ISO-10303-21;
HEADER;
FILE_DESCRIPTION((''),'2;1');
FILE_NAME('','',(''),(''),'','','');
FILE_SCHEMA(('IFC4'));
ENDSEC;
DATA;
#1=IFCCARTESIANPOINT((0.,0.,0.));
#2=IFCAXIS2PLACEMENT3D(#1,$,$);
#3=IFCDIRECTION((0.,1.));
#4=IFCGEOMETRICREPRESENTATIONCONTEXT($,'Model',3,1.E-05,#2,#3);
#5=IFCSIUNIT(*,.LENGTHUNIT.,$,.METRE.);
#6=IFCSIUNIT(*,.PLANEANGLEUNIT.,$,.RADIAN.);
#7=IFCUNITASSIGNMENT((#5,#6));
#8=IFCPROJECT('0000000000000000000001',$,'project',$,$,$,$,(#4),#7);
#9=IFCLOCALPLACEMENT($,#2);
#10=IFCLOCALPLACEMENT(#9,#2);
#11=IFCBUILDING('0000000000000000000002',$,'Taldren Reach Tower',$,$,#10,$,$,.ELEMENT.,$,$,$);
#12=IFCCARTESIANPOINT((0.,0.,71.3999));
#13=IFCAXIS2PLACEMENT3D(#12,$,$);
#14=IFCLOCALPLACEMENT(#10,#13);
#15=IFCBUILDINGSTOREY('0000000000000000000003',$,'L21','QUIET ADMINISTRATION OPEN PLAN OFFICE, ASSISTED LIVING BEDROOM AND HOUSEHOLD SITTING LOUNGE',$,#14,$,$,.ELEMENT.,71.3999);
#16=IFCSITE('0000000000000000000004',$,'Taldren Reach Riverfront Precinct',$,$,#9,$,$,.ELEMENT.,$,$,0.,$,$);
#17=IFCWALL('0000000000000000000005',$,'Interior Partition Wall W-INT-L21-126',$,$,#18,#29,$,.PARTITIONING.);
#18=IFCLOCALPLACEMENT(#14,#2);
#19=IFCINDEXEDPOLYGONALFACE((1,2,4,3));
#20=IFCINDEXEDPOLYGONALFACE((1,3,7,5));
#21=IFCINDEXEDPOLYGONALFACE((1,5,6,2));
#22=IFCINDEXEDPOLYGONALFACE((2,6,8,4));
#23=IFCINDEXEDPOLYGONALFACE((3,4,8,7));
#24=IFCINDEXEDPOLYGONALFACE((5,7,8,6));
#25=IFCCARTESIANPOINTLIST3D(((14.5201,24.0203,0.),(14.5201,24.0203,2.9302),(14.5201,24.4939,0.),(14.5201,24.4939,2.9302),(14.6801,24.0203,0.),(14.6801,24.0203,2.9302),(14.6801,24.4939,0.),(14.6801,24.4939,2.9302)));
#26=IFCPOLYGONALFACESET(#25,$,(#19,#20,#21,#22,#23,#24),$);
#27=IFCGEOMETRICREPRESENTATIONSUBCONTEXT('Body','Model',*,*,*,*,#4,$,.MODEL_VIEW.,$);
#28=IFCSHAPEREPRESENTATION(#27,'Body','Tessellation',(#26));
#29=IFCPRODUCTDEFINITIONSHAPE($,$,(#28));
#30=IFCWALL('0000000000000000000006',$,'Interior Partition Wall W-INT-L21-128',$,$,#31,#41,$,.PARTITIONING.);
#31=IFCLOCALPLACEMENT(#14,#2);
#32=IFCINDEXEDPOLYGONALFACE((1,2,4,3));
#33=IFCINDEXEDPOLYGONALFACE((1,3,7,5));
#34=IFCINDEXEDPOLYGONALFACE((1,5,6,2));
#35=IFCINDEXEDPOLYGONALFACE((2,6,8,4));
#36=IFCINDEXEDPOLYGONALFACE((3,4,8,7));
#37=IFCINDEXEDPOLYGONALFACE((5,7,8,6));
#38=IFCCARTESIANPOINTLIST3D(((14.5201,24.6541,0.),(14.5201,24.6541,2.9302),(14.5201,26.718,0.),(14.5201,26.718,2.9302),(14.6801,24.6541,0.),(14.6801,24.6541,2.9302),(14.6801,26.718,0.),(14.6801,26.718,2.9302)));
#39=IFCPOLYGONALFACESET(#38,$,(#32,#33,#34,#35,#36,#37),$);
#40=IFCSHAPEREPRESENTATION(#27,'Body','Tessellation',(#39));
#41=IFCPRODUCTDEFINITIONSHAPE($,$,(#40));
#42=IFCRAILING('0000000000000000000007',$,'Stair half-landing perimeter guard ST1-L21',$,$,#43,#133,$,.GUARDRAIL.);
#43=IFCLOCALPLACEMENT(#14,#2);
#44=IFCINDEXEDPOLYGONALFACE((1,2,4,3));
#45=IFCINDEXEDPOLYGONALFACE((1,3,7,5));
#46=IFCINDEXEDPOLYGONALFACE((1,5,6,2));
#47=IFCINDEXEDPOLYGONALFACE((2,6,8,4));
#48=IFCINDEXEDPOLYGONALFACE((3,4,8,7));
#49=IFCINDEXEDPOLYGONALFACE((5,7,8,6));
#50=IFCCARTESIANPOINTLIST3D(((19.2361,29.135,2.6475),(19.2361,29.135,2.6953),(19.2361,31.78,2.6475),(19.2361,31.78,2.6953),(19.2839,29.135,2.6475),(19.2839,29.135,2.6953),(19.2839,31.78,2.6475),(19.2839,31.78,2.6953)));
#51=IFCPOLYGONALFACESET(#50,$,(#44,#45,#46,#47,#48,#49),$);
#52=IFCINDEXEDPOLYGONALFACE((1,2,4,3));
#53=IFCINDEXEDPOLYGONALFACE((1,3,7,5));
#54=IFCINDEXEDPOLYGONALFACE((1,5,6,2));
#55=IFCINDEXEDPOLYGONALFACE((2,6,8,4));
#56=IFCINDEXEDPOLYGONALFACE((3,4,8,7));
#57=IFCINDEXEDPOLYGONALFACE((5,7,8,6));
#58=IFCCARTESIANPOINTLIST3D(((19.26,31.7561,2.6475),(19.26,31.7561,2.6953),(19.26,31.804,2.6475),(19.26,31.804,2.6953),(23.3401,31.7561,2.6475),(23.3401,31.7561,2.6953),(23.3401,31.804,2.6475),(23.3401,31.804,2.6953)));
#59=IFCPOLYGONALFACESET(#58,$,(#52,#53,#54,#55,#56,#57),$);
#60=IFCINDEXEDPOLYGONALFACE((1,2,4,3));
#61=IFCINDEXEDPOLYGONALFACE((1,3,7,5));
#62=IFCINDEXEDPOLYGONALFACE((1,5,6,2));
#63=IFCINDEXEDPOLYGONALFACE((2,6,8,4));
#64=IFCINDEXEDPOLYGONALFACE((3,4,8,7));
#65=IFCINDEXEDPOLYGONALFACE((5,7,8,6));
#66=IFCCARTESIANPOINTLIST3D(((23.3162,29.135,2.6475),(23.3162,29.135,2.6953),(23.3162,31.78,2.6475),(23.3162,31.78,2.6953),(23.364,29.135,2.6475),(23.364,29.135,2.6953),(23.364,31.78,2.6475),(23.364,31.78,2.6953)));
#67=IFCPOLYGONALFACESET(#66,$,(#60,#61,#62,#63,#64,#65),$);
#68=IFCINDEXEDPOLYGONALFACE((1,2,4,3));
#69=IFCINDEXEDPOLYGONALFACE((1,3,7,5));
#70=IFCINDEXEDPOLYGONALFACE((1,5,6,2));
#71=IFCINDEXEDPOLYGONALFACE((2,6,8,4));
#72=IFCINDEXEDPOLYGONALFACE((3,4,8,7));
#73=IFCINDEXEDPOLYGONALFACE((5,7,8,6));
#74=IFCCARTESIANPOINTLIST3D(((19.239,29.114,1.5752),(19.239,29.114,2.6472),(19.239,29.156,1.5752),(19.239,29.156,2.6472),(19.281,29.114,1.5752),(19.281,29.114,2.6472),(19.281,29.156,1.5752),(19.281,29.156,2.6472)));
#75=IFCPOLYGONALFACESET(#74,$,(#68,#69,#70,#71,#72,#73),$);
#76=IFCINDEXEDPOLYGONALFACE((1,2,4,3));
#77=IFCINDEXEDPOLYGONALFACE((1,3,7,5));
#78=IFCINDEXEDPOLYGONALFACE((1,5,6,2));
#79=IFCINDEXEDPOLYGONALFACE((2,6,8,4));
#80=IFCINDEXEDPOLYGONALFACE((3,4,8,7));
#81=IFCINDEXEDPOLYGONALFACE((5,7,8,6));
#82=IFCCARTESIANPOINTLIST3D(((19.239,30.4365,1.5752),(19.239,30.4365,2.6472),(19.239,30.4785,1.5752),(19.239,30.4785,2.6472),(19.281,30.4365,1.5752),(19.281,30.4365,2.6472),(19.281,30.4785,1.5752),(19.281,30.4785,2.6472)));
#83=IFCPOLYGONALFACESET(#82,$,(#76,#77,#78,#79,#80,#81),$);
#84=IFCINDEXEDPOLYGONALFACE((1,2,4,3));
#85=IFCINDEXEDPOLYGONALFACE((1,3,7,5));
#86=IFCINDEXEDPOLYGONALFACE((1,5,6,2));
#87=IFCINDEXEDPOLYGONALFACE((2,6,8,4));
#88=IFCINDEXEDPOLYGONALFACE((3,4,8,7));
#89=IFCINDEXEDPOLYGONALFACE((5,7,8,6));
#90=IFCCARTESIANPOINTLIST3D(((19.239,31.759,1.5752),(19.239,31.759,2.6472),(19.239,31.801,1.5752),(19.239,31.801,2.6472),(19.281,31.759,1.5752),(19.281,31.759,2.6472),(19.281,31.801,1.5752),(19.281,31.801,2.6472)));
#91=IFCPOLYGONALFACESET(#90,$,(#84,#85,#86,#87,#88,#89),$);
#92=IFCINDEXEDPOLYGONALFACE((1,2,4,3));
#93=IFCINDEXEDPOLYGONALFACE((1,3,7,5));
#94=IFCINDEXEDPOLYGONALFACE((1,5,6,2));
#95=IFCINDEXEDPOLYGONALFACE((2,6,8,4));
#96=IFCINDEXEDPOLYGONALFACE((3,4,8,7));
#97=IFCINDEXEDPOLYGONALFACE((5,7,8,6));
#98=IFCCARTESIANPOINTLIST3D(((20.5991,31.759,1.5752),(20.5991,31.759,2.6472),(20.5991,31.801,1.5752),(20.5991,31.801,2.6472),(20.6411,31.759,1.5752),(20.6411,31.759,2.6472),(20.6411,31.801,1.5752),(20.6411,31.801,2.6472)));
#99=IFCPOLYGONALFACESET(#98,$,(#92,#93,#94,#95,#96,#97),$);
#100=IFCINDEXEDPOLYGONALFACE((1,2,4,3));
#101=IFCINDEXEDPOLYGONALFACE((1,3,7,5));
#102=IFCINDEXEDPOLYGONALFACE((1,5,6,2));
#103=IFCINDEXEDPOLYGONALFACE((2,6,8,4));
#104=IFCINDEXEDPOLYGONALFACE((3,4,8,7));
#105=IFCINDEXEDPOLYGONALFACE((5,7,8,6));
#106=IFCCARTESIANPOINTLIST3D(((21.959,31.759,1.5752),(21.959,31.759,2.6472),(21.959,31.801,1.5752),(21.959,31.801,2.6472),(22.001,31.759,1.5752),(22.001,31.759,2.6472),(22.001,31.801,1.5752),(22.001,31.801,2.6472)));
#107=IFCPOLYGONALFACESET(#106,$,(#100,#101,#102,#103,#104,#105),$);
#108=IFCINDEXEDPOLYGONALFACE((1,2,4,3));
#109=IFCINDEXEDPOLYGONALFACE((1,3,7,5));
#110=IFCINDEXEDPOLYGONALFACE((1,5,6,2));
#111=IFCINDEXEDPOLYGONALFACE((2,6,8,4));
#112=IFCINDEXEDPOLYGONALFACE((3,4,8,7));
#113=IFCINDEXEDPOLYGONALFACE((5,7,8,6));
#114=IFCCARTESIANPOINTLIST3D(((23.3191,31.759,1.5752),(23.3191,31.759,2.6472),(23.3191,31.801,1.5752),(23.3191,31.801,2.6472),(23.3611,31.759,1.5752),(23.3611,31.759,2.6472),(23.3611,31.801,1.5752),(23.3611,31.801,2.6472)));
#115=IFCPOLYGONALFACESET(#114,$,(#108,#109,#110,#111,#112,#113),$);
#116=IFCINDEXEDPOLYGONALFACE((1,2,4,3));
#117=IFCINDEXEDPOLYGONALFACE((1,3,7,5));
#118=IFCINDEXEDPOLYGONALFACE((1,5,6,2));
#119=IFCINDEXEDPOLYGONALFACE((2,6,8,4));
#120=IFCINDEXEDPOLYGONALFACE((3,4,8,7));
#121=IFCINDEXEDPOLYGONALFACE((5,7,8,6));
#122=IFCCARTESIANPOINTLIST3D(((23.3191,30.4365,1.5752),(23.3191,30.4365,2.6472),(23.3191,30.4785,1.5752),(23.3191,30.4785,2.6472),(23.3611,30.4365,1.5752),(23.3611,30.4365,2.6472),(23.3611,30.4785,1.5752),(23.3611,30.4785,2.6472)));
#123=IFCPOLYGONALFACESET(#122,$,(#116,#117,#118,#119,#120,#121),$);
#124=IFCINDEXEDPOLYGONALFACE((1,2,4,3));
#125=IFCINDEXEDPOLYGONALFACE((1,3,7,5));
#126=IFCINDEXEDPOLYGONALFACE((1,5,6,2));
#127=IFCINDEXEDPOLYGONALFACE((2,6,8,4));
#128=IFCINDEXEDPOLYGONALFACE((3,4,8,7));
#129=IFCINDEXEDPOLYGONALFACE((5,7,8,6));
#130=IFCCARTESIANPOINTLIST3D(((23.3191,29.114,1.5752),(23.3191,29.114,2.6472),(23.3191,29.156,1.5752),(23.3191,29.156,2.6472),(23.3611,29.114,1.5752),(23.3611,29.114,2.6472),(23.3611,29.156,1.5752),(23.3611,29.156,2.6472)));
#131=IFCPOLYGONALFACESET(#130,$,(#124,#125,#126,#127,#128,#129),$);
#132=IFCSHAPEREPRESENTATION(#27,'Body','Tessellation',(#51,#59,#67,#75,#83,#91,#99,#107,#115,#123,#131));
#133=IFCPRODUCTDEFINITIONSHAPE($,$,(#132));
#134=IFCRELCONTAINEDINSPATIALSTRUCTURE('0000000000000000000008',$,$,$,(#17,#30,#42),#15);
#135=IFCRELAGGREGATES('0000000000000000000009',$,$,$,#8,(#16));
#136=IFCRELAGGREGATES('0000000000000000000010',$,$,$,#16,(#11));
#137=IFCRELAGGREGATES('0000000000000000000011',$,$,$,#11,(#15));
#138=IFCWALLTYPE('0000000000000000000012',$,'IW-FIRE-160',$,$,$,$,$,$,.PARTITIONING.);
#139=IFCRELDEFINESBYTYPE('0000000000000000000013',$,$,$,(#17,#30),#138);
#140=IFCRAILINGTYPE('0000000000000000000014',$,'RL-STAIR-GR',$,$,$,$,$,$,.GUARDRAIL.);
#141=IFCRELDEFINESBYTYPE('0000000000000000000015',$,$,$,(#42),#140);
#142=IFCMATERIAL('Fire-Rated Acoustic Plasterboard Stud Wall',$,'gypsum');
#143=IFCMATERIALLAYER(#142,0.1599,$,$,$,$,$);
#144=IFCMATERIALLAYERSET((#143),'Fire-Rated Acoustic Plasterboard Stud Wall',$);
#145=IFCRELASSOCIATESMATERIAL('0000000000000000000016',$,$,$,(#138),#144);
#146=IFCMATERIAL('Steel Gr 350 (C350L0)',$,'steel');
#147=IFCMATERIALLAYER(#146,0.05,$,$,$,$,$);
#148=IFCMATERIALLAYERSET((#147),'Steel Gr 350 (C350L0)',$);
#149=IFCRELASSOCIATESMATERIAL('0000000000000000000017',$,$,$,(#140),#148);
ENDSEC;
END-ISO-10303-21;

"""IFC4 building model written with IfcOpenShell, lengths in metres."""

from ifc_helpers import new_model, si_unit, direction, frame, frame_2d, origin, origin_2d, place, context, subcontext, project, spatial, rectangle, extrude, source, transform, mapped, material, layer, layer_set, type_object, element, save


model = new_model("IFC4")

# Units and contexts
model_context = context("Model", 3, precision=1e-05, world=origin(), true_north=direction((0.0, 1.0)))
body_context = subcontext(model_context, "Body", "Model", "MODEL_VIEW")
ifc_project = project(units=[si_unit("LENGTHUNIT", "METRE"), si_unit("PLANEANGLEUNIT", "RADIAN")], contexts=[model_context])

# Site, building, storey
site_placement = place(None, origin())
site = spatial("IfcSite", under=ifc_project, at=site_placement, Name="Taldren Reach Riverfront Precinct", CompositionType="ELEMENT", RefElevation=0.0)
building_placement = place(site_placement, origin())
building = spatial("IfcBuilding", under=site, at=building_placement, Name="Taldren Reach Tower", CompositionType="ELEMENT")
storey_placement = place(building_placement, frame((0.0, 0.0, 71.3999)))
storey = spatial("IfcBuildingStorey", under=building, at=storey_placement, Name="L21", Description="QUIET ADMINISTRATION OPEN PLAN OFFICE, ASSISTED LIVING BEDROOM AND HOUSEHOLD SITTING LOUNGE", CompositionType="ELEMENT", Elevation=71.3999)

# Shared definitions
ifc_material_1 = material(Name="Steel Gr 350 (C350L0)", Category="steel")

# Shared definitions
ifc_material_2 = material(Name="Fire-Rated Acoustic Plasterboard Stud Wall", Category="gypsum")
ifc_layer_1 = layer(ifc_material_2, 0.1599)
ifc_layer_set_1 = layer_set([ifc_layer_1], Name="Fire-Rated Acoustic Plasterboard Stud Wall")
wall_type_1 = type_object("IfcWallType", Name="IW-FIRE-160", PredefinedType="PARTITIONING", material=ifc_layer_set_1)

# Walls
shared_shape_1 = source(origin(), body_context, "Body", "SweptSolid", [
    extrude(rectangle(XDim=0.4736, YDim=0.1599, at=frame_2d((0.2368, 0.0))), origin(), (0.0, 0.0, 1.0), 2.9302),
])
wall_1_placement = place(storey_placement, frame((14.6001, 24.4939, 0.0), z_axis=(0.0, 0.0, 1.0), x_axis=(0.0, -1.0, 0.0)))
element("IfcWall", 1, at=wall_1_placement, inside=storey, type_object=wall_type_1, Name="Interior Partition Wall W-INT-L21-126", PredefinedType="PARTITIONING", context=body_context, shape_type="MappedRepresentation", body=[
    mapped(shared_shape_1, transform((0.0, 0.0, 0.0), scale=1.0)),
])
shared_shape_2 = source(origin(), body_context, "Body", "SweptSolid", [
    extrude(rectangle(XDim=2.064, YDim=0.1599, at=frame_2d((1.032, 0.0))), origin(), (0.0, 0.0, 1.0), 2.9302),
])
wall_2_placement = place(storey_placement, frame((14.6001, 26.718, 0.0), z_axis=(0.0, 0.0, 1.0), x_axis=(0.0, -1.0, 0.0)))
element("IfcWall", 2, at=wall_2_placement, inside=storey, type_object=wall_type_1, Name="Interior Partition Wall W-INT-L21-128", PredefinedType="PARTITIONING", context=body_context, shape_type="MappedRepresentation", body=[
    mapped(shared_shape_2, transform((0.0, 0.0, 0.0), scale=1.0)),
])

# Railing
ifc_layer_2 = layer(ifc_material_1, 0.05)
ifc_layer_set_2 = layer_set([ifc_layer_2], Name="Steel Gr 350 (C350L0)")
railing_type_1 = type_object("IfcRailingType", Name="RL-STAIR-GR", PredefinedType="GUARDRAIL", material=ifc_layer_set_2)
railing_1_placement = place(storey_placement, frame((19.26, 29.135, 1.5752)))
element("IfcRailing", 3, at=railing_1_placement, inside=storey, type_object=railing_type_1, Name="Stair half-landing perimeter guard ST1-L21", PredefinedType="GUARDRAIL", context=body_context, shape_type="SweptSolid", body=[
    extrude(rectangle(XDim=0.0479, YDim=0.0479, at=origin_2d()), frame((0.0, 0.0, 1.0962), z_axis=(0.0, 1.0, 0.0), x_axis=(-1.0, 0.0, 0.0)), (0.0, 0.0, 1.0), 2.645),
    extrude(rectangle(XDim=0.0479, YDim=0.0479, at=origin_2d()), frame((0.0, 2.645, 1.0962), z_axis=(1.0, 0.0, 0.0), x_axis=(0.0, 1.0, 0.0)), (0.0, 0.0, 1.0), 4.0801),
    extrude(rectangle(XDim=0.0479, YDim=0.0479, at=origin_2d()), frame((4.0801, 2.645, 1.0962), z_axis=(0.0, -1.0, 0.0), x_axis=(1.0, 0.0, 0.0)), (0.0, 0.0, 1.0), 2.645),
    extrude(rectangle(XDim=0.042, YDim=0.042, at=origin_2d()), origin(), (0.0, 0.0, 1.0), 1.072),
    extrude(rectangle(XDim=0.042, YDim=0.042, at=origin_2d()), frame((0.0, 1.3225, 0.0)), (0.0, 0.0, 1.0), 1.072),
    extrude(rectangle(XDim=0.042, YDim=0.042, at=origin_2d()), frame((0.0, 2.645, 0.0)), (0.0, 0.0, 1.0), 1.072),
    extrude(rectangle(XDim=0.042, YDim=0.042, at=origin_2d()), frame((1.3601, 2.645, 0.0)), (0.0, 0.0, 1.0), 1.072),
    extrude(rectangle(XDim=0.042, YDim=0.042, at=origin_2d()), frame((2.72, 2.645, 0.0)), (0.0, 0.0, 1.0), 1.072),
    extrude(rectangle(XDim=0.042, YDim=0.042, at=origin_2d()), frame((4.0801, 2.645, 0.0)), (0.0, 0.0, 1.0), 1.072),
    extrude(rectangle(XDim=0.042, YDim=0.042, at=origin_2d()), frame((4.0801, 1.3225, 0.0)), (0.0, 0.0, 1.0), 1.072),
    extrude(rectangle(XDim=0.042, YDim=0.042, at=origin_2d()), frame((4.0801, 0.0, 0.0)), (0.0, 0.0, 1.0), 1.072),
])

save(model, "model.ifc")
